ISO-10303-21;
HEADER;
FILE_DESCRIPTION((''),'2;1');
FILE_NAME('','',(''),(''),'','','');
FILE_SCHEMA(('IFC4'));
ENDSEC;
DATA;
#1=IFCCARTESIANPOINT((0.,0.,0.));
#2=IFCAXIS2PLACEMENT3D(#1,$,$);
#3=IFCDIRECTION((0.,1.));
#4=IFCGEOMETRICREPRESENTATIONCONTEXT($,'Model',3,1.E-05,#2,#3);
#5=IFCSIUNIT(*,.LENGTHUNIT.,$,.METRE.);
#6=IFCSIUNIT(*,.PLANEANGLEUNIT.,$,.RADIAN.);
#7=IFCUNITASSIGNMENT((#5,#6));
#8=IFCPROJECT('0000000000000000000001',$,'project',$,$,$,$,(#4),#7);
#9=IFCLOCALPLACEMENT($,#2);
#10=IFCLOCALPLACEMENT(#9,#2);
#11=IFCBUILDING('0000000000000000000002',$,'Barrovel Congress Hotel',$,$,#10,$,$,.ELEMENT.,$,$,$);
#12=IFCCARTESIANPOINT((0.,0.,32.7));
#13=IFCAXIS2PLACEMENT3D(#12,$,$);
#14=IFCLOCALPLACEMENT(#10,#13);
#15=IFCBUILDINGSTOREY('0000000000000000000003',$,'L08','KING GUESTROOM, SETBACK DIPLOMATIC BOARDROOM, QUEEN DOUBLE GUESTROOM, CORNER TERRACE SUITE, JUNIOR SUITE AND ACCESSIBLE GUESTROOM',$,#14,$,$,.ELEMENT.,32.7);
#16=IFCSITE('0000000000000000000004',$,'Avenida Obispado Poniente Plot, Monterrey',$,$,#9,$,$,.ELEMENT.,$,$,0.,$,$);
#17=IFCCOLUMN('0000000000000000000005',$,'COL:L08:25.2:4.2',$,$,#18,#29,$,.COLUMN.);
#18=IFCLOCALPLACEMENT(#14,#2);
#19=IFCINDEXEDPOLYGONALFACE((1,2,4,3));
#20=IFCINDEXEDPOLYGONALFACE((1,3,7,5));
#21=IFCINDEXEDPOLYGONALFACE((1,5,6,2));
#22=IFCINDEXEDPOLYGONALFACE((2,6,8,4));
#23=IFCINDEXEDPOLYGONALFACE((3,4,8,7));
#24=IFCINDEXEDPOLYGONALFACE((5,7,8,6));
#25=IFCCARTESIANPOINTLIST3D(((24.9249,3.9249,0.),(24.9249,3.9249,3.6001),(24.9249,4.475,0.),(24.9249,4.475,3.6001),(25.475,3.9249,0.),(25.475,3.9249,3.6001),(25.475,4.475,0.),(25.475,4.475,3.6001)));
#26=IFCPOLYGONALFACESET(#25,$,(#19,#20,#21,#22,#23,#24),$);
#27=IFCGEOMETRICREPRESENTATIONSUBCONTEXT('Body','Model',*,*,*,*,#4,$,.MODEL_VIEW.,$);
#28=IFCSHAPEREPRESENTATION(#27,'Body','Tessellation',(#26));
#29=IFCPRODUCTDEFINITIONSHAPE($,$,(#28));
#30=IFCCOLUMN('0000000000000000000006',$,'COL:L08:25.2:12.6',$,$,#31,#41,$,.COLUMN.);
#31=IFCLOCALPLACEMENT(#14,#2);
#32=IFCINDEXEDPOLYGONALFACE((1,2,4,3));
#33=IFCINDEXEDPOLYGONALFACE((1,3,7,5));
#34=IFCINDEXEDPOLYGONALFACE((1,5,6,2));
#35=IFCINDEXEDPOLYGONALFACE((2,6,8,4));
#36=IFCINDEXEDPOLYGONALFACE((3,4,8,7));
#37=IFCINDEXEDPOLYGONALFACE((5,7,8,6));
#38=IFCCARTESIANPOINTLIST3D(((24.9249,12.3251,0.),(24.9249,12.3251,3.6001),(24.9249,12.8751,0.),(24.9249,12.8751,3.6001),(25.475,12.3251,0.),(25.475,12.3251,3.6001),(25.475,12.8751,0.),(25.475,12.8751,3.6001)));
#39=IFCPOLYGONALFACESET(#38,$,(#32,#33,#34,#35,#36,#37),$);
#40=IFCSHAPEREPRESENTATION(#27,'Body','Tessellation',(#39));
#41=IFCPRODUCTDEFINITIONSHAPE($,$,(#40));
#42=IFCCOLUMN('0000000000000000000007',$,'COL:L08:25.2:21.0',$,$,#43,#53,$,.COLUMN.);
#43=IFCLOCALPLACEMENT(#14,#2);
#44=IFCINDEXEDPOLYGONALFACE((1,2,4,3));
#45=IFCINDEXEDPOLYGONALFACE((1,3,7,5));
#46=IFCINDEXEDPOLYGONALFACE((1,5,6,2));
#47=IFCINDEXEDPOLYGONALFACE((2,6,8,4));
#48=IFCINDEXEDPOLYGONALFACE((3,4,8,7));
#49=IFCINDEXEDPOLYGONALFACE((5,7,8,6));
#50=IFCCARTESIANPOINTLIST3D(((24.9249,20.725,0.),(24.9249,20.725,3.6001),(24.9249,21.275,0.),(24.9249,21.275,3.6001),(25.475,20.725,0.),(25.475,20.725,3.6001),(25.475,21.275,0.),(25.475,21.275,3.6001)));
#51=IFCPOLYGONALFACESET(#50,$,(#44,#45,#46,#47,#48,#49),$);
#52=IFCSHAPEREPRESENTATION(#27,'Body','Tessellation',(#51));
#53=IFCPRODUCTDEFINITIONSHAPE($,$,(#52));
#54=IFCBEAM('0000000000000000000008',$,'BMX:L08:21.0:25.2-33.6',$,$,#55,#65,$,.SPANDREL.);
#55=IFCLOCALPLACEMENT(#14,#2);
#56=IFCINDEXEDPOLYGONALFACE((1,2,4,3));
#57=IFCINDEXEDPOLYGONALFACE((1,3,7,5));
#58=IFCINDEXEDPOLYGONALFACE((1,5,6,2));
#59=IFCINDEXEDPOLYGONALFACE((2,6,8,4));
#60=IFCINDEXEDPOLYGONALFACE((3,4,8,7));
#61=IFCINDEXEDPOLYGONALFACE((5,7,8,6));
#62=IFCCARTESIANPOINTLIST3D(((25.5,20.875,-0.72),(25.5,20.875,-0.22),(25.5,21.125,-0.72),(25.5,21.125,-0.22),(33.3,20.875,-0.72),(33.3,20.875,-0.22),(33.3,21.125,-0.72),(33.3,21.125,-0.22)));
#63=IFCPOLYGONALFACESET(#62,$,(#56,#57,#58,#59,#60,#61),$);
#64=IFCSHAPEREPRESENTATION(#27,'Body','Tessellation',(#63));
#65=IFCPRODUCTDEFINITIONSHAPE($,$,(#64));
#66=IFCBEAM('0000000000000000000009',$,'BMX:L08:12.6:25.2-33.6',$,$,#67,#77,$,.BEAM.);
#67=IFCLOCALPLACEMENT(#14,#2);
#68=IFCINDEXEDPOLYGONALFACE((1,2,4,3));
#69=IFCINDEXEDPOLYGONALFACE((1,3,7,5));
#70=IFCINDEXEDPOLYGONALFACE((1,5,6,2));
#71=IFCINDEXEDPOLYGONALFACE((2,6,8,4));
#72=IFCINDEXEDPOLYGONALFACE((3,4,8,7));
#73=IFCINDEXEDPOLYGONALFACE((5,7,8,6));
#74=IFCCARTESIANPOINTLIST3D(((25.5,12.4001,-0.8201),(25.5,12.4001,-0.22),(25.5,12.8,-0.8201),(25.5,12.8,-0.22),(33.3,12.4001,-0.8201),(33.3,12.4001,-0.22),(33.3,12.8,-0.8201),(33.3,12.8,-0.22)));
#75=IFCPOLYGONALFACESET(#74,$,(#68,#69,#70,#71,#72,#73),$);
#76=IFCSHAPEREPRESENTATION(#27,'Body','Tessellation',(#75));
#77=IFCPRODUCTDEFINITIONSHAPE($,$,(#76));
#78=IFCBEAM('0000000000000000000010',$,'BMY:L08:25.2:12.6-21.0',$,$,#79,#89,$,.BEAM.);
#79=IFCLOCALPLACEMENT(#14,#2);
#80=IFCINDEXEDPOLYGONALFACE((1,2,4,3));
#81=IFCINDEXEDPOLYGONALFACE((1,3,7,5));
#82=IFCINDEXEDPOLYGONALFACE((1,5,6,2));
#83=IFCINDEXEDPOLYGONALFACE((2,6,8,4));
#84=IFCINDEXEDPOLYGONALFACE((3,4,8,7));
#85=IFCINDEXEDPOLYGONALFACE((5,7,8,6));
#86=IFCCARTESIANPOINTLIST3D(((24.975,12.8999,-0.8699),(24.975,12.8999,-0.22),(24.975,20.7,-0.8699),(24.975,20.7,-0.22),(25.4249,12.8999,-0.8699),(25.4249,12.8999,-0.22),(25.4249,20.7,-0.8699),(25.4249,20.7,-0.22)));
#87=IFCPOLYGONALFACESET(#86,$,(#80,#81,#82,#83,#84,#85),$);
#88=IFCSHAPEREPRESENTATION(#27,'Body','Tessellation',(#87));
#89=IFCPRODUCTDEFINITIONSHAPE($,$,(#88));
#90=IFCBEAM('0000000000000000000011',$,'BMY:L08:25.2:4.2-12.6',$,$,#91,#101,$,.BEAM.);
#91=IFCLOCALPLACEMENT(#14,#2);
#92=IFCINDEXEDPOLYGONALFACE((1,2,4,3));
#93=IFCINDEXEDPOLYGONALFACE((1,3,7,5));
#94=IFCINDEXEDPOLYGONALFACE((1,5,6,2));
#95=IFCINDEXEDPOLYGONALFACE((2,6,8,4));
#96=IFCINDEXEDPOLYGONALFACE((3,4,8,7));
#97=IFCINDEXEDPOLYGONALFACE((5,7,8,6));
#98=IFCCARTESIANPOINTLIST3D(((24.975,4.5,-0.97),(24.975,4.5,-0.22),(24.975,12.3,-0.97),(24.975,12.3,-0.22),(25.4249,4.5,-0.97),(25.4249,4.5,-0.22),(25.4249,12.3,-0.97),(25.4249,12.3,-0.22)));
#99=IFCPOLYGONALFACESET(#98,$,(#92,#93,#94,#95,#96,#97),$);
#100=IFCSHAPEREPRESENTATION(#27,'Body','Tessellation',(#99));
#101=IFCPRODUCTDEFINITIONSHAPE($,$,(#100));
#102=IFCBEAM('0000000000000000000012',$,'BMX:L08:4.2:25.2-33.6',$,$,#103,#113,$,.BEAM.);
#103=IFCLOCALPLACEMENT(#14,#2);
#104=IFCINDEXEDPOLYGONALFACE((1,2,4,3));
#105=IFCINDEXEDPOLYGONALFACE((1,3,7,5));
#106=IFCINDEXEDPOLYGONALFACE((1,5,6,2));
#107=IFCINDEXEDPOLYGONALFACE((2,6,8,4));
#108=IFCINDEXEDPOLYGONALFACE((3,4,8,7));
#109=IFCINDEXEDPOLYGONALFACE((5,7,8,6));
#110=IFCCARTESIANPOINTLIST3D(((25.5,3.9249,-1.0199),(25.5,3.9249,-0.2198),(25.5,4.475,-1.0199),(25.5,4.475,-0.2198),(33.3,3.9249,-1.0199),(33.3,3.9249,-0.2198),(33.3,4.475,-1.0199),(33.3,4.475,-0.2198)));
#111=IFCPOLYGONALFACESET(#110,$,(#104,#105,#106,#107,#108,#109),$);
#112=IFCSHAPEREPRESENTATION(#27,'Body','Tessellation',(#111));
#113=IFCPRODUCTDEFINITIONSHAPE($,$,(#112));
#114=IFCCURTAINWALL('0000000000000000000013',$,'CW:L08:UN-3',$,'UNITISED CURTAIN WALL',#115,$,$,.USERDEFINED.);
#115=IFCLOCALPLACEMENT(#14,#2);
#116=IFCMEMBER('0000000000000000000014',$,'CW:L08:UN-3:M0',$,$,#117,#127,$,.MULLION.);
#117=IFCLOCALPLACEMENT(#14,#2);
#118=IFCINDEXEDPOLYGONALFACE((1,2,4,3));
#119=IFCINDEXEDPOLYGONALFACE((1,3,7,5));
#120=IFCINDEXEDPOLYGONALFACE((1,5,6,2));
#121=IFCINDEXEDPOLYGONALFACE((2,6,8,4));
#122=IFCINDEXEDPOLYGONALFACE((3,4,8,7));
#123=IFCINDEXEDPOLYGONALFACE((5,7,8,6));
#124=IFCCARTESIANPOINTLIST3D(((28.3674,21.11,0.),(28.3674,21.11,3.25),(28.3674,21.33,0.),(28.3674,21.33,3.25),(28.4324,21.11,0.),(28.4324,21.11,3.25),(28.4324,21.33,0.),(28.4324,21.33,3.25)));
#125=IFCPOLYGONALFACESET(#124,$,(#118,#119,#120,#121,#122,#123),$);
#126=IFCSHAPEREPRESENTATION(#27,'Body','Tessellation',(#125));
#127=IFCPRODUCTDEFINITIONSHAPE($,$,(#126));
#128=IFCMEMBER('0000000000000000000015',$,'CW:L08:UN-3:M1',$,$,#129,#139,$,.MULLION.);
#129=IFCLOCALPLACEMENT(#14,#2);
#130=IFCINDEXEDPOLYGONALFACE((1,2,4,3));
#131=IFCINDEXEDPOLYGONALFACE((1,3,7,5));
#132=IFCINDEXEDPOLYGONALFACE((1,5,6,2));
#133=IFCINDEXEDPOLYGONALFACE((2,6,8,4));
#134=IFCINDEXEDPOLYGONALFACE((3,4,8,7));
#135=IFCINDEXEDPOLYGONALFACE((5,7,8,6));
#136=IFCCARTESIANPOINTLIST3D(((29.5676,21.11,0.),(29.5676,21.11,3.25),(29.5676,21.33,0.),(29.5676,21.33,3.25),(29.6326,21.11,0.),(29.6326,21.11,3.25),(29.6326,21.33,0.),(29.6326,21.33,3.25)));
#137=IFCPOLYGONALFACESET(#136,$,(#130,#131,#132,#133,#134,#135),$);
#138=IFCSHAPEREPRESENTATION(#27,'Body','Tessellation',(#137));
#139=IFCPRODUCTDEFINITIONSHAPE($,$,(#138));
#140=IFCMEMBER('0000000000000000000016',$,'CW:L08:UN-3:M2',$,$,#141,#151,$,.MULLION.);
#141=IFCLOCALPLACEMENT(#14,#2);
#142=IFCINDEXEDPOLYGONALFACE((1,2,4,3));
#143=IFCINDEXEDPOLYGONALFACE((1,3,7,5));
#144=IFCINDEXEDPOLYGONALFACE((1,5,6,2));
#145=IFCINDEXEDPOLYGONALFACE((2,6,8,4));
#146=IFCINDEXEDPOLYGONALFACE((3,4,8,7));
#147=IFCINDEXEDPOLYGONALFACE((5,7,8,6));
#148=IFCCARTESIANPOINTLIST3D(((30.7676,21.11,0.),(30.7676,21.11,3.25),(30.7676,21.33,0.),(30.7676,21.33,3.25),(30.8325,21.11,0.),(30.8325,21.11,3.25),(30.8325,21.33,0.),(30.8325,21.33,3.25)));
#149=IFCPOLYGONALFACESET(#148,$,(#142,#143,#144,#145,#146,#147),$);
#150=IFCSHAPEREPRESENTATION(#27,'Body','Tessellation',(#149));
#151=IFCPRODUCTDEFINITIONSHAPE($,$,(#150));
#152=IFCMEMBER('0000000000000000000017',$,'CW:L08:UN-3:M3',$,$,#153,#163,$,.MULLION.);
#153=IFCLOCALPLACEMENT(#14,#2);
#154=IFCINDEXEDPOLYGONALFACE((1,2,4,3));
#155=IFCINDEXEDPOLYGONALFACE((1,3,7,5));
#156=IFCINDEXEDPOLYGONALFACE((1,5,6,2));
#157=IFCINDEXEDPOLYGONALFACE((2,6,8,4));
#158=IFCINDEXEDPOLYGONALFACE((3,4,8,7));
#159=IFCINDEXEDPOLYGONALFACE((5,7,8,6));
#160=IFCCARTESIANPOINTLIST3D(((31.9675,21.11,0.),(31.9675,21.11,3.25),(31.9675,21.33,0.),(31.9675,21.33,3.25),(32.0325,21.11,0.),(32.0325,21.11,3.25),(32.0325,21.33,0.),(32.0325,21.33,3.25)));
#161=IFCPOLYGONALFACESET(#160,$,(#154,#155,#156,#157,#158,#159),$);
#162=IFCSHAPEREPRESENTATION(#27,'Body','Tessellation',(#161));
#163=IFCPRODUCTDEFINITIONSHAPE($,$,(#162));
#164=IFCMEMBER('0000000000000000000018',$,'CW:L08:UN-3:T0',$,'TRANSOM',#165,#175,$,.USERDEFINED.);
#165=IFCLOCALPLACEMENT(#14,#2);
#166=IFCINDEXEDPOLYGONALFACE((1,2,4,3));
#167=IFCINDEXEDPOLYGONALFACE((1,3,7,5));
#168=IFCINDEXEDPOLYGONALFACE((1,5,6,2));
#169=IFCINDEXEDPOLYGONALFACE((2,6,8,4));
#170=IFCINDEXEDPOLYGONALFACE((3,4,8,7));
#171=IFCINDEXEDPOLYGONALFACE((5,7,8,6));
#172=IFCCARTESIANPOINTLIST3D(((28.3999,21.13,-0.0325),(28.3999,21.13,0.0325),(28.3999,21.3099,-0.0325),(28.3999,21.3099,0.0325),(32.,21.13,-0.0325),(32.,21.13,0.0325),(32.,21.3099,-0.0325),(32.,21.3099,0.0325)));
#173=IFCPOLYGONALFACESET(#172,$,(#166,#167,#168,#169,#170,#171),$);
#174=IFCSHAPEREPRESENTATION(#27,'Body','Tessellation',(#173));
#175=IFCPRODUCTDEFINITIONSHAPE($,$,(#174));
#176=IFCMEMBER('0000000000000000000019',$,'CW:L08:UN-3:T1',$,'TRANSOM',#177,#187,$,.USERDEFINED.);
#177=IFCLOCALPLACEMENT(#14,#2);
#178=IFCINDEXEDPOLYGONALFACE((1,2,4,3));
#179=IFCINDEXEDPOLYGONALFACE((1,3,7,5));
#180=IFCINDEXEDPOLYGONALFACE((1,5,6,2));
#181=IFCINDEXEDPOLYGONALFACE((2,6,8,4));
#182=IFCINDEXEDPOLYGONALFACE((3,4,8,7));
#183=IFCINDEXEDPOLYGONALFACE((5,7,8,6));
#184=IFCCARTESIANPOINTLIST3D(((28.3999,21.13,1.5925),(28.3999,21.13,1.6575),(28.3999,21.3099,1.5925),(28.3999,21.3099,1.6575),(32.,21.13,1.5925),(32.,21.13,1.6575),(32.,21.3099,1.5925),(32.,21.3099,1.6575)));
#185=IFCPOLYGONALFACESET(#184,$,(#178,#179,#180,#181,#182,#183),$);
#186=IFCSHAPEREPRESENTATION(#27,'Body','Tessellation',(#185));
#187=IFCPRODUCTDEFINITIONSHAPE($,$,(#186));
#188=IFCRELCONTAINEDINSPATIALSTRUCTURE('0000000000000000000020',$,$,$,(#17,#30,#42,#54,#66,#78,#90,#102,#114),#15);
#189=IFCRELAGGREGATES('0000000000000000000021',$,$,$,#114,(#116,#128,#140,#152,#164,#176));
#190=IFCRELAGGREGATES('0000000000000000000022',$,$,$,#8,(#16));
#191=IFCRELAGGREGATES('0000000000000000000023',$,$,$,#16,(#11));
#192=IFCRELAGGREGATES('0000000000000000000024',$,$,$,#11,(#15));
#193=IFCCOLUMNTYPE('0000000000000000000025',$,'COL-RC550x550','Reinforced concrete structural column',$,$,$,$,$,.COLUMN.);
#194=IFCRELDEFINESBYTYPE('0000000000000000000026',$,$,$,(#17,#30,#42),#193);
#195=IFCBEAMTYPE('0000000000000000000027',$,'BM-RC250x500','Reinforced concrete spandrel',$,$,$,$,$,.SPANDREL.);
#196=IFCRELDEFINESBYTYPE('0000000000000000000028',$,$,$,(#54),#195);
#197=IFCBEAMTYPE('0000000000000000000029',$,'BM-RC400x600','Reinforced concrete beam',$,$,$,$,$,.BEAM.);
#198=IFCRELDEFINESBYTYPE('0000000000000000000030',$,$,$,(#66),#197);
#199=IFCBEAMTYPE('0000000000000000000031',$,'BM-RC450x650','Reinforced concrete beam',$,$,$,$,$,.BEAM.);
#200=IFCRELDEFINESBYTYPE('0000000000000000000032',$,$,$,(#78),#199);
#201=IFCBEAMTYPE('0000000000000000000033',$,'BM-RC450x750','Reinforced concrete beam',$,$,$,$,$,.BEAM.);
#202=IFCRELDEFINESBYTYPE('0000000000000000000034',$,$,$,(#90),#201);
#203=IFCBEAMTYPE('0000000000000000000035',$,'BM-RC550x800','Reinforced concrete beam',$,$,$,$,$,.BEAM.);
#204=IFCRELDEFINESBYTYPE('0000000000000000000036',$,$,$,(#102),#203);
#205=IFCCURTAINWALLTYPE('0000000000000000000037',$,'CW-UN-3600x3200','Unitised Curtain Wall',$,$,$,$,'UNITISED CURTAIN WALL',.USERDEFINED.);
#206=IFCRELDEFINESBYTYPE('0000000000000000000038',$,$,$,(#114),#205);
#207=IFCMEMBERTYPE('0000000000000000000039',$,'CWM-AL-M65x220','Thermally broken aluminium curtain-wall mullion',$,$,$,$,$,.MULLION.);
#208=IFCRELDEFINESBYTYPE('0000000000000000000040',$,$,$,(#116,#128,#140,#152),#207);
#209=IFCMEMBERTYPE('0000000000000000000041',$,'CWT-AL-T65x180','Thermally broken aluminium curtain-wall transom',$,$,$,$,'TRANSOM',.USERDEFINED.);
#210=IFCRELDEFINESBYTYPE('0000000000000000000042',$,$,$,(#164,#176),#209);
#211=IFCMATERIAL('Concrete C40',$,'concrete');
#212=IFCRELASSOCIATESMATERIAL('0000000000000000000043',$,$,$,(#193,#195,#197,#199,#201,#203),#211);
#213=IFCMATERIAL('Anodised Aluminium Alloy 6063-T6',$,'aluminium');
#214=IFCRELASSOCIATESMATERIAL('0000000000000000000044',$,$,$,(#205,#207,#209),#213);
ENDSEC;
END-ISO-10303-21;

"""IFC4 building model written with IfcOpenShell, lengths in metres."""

from ifc_helpers import new_model, si_unit, direction, frame, origin, origin_2d, place, context, subcontext, project, spatial, rectangle, extrude, material, material_profile, profile_set, type_object, element, aggregate, save


model = new_model("IFC4")

# Units and contexts
model_context = context("Model", 3, precision=1e-05, world=origin(), true_north=direction((0.0, 1.0)))
body_context = subcontext(model_context, "Body", "Model", "MODEL_VIEW")
ifc_project = project(units=[si_unit("LENGTHUNIT", "METRE"), si_unit("PLANEANGLEUNIT", "RADIAN")], contexts=[model_context])

# Site, building, storey
site_placement = place(None, origin())
site = spatial("IfcSite", under=ifc_project, at=site_placement, Name="Avenida Obispado Poniente Plot, Monterrey", CompositionType="ELEMENT", RefElevation=0.0)
building_placement = place(site_placement, origin())
building = spatial("IfcBuilding", under=site, at=building_placement, Name="Barrovel Congress Hotel", CompositionType="ELEMENT")
storey_placement = place(building_placement, frame((0.0, 0.0, 32.7)))
storey = spatial("IfcBuildingStorey", under=building, at=storey_placement, Name="L08", Description="KING GUESTROOM, SETBACK DIPLOMATIC BOARDROOM, QUEEN DOUBLE GUESTROOM, CORNER TERRACE SUITE, JUNIOR SUITE AND ACCESSIBLE GUESTROOM", CompositionType="ELEMENT", Elevation=32.7)

# Columns
ifc_material_1 = material(Name="Concrete C40", Category="concrete")
ifc_material_profile_1 = material_profile(ifc_material_1, rectangle(XDim=0.55, YDim=0.55, at=origin_2d()), Name="RC550x550")
ifc_profile_set_1 = profile_set([ifc_material_profile_1], Name="Concrete C40")
column_type = type_object("IfcColumnType", Name="COL-RC550x550", Description="Reinforced concrete structural column", PredefinedType="COLUMN", material=ifc_profile_set_1)
for number, where, z_axis, x_axis, name in (
    (1, (25.2, 4.2, 0.0), (0.0, 0.0, 1.0), (1.0, 0.0, 0.0), "COL:L08:25.2:4.2"),
    (2, (25.2, 12.6001, 0.0), (0.0, 0.0, 1.0), (1.0, 0.0, 0.0), "COL:L08:25.2:12.6"),
    (3, (25.2, 21.0, 0.0), (0.0, 0.0, 1.0), (1.0, 0.0, 0.0), "COL:L08:25.2:21.0"),
):
    element("IfcColumn", number, at=place(storey_placement, frame(where, z_axis=z_axis, x_axis=x_axis)), inside=storey, type_object=column_type, Name=name, PredefinedType="COLUMN", context=body_context, shape_type="SweptSolid", body=[
        extrude(rectangle(XDim=0.55, YDim=0.55, at=origin_2d()), origin(), (0.0, 0.0, 1.0), 3.6001),
    ])

# Beams
ifc_material_profile_2 = material_profile(ifc_material_1, rectangle(XDim=0.25, YDim=0.5, at=origin_2d()), Name="RC250x500")
ifc_profile_set_2 = profile_set([ifc_material_profile_2], Name="Concrete C40")
beam_type_1 = type_object("IfcBeamType", Name="BM-RC250x500", Description="Reinforced concrete spandrel", PredefinedType="SPANDREL", material=ifc_profile_set_2)
beam_1_placement = place(storey_placement, frame((25.5, 21.0, -0.47), z_axis=(1.0, 0.0, 0.0), x_axis=(0.0, 1.0, 0.0)))
element("IfcBeam", 4, at=beam_1_placement, inside=storey, type_object=beam_type_1, Name="BMX:L08:21.0:25.2-33.6", PredefinedType="SPANDREL", context=body_context, shape_type="SweptSolid", body=[
    extrude(rectangle(XDim=0.25, YDim=0.5, at=origin_2d()), origin(), (0.0, 0.0, 1.0), 7.8),
])
ifc_material_profile_3 = material_profile(ifc_material_1, rectangle(XDim=0.3999, YDim=0.6001, at=origin_2d()), Name="RC400x600")
ifc_profile_set_3 = profile_set([ifc_material_profile_3], Name="Concrete C40")
beam_type_2 = type_object("IfcBeamType", Name="BM-RC400x600", Description="Reinforced concrete beam", PredefinedType="BEAM", material=ifc_profile_set_3)
beam_2_placement = place(storey_placement, frame((25.5, 12.6001, -0.52), z_axis=(1.0, 0.0, 0.0), x_axis=(0.0, 1.0, 0.0)))
element("IfcBeam", 5, at=beam_2_placement, inside=storey, type_object=beam_type_2, Name="BMX:L08:12.6:25.2-33.6", PredefinedType="BEAM", context=body_context, shape_type="SweptSolid", body=[
    extrude(rectangle(XDim=0.3999, YDim=0.6001, at=origin_2d()), origin(), (0.0, 0.0, 1.0), 7.8),
])
ifc_material_profile_4 = material_profile(ifc_material_1, rectangle(XDim=0.45, YDim=0.6499, at=origin_2d()), Name="RC450x650")
ifc_profile_set_4 = profile_set([ifc_material_profile_4], Name="Concrete C40")
beam_type_3 = type_object("IfcBeamType", Name="BM-RC450x650", Description="Reinforced concrete beam", PredefinedType="BEAM", material=ifc_profile_set_4)
beam_3_placement = place(storey_placement, frame((25.2, 12.8999, -0.5449), z_axis=(0.0, 1.0, 0.0), x_axis=(-1.0, 0.0, 0.0)))
element("IfcBeam", 6, at=beam_3_placement, inside=storey, type_object=beam_type_3, Name="BMY:L08:25.2:12.6-21.0", PredefinedType="BEAM", context=body_context, shape_type="SweptSolid", body=[
    extrude(rectangle(XDim=0.45, YDim=0.6499, at=origin_2d()), origin(), (0.0, 0.0, 1.0), 7.8),
])
ifc_material_profile_5 = material_profile(ifc_material_1, rectangle(XDim=0.45, YDim=0.75, at=origin_2d()), Name="RC450x750")
ifc_profile_set_5 = profile_set([ifc_material_profile_5], Name="Concrete C40")
beam_type_4 = type_object("IfcBeamType", Name="BM-RC450x750", Description="Reinforced concrete beam", PredefinedType="BEAM", material=ifc_profile_set_5)
beam_4_placement = place(storey_placement, frame((25.2, 4.5, -0.595), z_axis=(0.0, 1.0, 0.0), x_axis=(-1.0, 0.0, 0.0)))
element("IfcBeam", 7, at=beam_4_placement, inside=storey, type_object=beam_type_4, Name="BMY:L08:25.2:4.2-12.6", PredefinedType="BEAM", context=body_context, shape_type="SweptSolid", body=[
    extrude(rectangle(XDim=0.45, YDim=0.75, at=origin_2d()), origin(), (0.0, 0.0, 1.0), 7.8),
])
ifc_material_profile_6 = material_profile(ifc_material_1, rectangle(XDim=0.55, YDim=0.8, at=origin_2d()), Name="RC550x800")
ifc_profile_set_6 = profile_set([ifc_material_profile_6], Name="Concrete C40")
beam_type_5 = type_object("IfcBeamType", Name="BM-RC550x800", Description="Reinforced concrete beam", PredefinedType="BEAM", material=ifc_profile_set_6)
beam_5_placement = place(storey_placement, frame((25.5, 4.2, -0.6199), z_axis=(1.0, 0.0, 0.0), x_axis=(0.0, 1.0, 0.0)))
element("IfcBeam", 8, at=beam_5_placement, inside=storey, type_object=beam_type_5, Name="BMX:L08:4.2:25.2-33.6", PredefinedType="BEAM", context=body_context, shape_type="SweptSolid", body=[
    extrude(rectangle(XDim=0.55, YDim=0.8, at=origin_2d()), origin(), (0.0, 0.0, 1.0), 7.8),
])

# Curtain wall, members
ifc_material_2 = material(Name="Anodised Aluminium Alloy 6063-T6", Category="aluminium")
curtain_wall_type = type_object("IfcCurtainWallType", Name="CW-UN-3600x3200", Description="Unitised Curtain Wall", ElementType="UNITISED CURTAIN WALL", PredefinedType="USERDEFINED", material=ifc_material_2)
curtain_wall_placement = place(storey_placement, origin())
curtain_wall = element("IfcCurtainWall", 9, at=curtain_wall_placement, inside=storey, type_object=curtain_wall_type, Name="CW:L08:UN-3", ObjectType="UNITISED CURTAIN WALL", PredefinedType="USERDEFINED")
ifc_material_profile_7 = material_profile(ifc_material_2, rectangle(XDim=0.0649, YDim=0.22, at=origin_2d()), Name="AL-M65x220")
ifc_profile_set_7 = profile_set([ifc_material_profile_7], Name="Anodised Aluminium Alloy 6063-T6")
member_type_1 = type_object("IfcMemberType", Name="CWM-AL-M65x220", Description="Thermally broken aluminium curtain-wall mullion", PredefinedType="MULLION", material=ifc_profile_set_7)
member_1_placement = place(storey_placement, frame((28.3999, 21.22, 0.0), z_axis=(0.0, 0.0, 1.0), x_axis=(1.0, 0.0, 0.0)))
member_1 = element("IfcMember", 10, at=member_1_placement, type_object=member_type_1, Name="CW:L08:UN-3:M0", PredefinedType="MULLION", context=body_context, shape_type="SweptSolid", body=[
    extrude(rectangle(XDim=0.0649, YDim=0.22, at=origin_2d()), origin(), (0.0, 0.0, 1.0), 3.25),
])
member_2_placement = place(storey_placement, frame((29.6001, 21.22, 0.0), z_axis=(0.0, 0.0, 1.0), x_axis=(1.0, 0.0, 0.0)))
member_2 = element("IfcMember", 11, at=member_2_placement, type_object=member_type_1, Name="CW:L08:UN-3:M1", PredefinedType="MULLION", context=body_context, shape_type="SweptSolid", body=[
    extrude(rectangle(XDim=0.0649, YDim=0.22, at=origin_2d()), origin(), (0.0, 0.0, 1.0), 3.25),
])
member_3_placement = place(storey_placement, frame((30.8, 21.22, 0.0), z_axis=(0.0, 0.0, 1.0), x_axis=(1.0, 0.0, 0.0)))
member_3 = element("IfcMember", 12, at=member_3_placement, type_object=member_type_1, Name="CW:L08:UN-3:M2", PredefinedType="MULLION", context=body_context, shape_type="SweptSolid", body=[
    extrude(rectangle(XDim=0.0649, YDim=0.22, at=origin_2d()), origin(), (0.0, 0.0, 1.0), 3.25),
])
member_4_placement = place(storey_placement, frame((32.0, 21.22, 0.0), z_axis=(0.0, 0.0, 1.0), x_axis=(1.0, 0.0, 0.0)))
member_4 = element("IfcMember", 13, at=member_4_placement, type_object=member_type_1, Name="CW:L08:UN-3:M3", PredefinedType="MULLION", context=body_context, shape_type="SweptSolid", body=[
    extrude(rectangle(XDim=0.0649, YDim=0.22, at=origin_2d()), origin(), (0.0, 0.0, 1.0), 3.25),
])
ifc_material_profile_8 = material_profile(ifc_material_2, rectangle(XDim=0.1799, YDim=0.0649, at=origin_2d()), Name="AL-T65x180")
ifc_profile_set_8 = profile_set([ifc_material_profile_8], Name="Anodised Aluminium Alloy 6063-T6")
member_type_2 = type_object("IfcMemberType", Name="CWT-AL-T65x180", Description="Thermally broken aluminium curtain-wall transom", ElementType="TRANSOM", PredefinedType="USERDEFINED", material=ifc_profile_set_8)
member_5_placement = place(storey_placement, frame((28.3999, 21.22, 0.0), z_axis=(1.0, 0.0, 0.0), x_axis=(0.0, 1.0, 0.0)))
member_5 = element("IfcMember", 14, at=member_5_placement, type_object=member_type_2, Name="CW:L08:UN-3:T0", ObjectType="TRANSOM", PredefinedType="USERDEFINED", context=body_context, shape_type="SweptSolid", body=[
    extrude(rectangle(XDim=0.1799, YDim=0.0649, at=origin_2d()), origin(), (0.0, 0.0, 1.0), 3.6001),
])
member_6_placement = place(storey_placement, frame((28.3999, 21.22, 1.625), z_axis=(1.0, 0.0, 0.0), x_axis=(0.0, 1.0, 0.0)))
member_6 = element("IfcMember", 15, at=member_6_placement, type_object=member_type_2, Name="CW:L08:UN-3:T1", ObjectType="TRANSOM", PredefinedType="USERDEFINED", context=body_context, shape_type="SweptSolid", body=[
    extrude(rectangle(XDim=0.1799, YDim=0.0649, at=origin_2d()), origin(), (0.0, 0.0, 1.0), 3.6001),
])

aggregate(curtain_wall, [member_1, member_2, member_3, member_4, member_5, member_6])

save(model, "model.ifc")
